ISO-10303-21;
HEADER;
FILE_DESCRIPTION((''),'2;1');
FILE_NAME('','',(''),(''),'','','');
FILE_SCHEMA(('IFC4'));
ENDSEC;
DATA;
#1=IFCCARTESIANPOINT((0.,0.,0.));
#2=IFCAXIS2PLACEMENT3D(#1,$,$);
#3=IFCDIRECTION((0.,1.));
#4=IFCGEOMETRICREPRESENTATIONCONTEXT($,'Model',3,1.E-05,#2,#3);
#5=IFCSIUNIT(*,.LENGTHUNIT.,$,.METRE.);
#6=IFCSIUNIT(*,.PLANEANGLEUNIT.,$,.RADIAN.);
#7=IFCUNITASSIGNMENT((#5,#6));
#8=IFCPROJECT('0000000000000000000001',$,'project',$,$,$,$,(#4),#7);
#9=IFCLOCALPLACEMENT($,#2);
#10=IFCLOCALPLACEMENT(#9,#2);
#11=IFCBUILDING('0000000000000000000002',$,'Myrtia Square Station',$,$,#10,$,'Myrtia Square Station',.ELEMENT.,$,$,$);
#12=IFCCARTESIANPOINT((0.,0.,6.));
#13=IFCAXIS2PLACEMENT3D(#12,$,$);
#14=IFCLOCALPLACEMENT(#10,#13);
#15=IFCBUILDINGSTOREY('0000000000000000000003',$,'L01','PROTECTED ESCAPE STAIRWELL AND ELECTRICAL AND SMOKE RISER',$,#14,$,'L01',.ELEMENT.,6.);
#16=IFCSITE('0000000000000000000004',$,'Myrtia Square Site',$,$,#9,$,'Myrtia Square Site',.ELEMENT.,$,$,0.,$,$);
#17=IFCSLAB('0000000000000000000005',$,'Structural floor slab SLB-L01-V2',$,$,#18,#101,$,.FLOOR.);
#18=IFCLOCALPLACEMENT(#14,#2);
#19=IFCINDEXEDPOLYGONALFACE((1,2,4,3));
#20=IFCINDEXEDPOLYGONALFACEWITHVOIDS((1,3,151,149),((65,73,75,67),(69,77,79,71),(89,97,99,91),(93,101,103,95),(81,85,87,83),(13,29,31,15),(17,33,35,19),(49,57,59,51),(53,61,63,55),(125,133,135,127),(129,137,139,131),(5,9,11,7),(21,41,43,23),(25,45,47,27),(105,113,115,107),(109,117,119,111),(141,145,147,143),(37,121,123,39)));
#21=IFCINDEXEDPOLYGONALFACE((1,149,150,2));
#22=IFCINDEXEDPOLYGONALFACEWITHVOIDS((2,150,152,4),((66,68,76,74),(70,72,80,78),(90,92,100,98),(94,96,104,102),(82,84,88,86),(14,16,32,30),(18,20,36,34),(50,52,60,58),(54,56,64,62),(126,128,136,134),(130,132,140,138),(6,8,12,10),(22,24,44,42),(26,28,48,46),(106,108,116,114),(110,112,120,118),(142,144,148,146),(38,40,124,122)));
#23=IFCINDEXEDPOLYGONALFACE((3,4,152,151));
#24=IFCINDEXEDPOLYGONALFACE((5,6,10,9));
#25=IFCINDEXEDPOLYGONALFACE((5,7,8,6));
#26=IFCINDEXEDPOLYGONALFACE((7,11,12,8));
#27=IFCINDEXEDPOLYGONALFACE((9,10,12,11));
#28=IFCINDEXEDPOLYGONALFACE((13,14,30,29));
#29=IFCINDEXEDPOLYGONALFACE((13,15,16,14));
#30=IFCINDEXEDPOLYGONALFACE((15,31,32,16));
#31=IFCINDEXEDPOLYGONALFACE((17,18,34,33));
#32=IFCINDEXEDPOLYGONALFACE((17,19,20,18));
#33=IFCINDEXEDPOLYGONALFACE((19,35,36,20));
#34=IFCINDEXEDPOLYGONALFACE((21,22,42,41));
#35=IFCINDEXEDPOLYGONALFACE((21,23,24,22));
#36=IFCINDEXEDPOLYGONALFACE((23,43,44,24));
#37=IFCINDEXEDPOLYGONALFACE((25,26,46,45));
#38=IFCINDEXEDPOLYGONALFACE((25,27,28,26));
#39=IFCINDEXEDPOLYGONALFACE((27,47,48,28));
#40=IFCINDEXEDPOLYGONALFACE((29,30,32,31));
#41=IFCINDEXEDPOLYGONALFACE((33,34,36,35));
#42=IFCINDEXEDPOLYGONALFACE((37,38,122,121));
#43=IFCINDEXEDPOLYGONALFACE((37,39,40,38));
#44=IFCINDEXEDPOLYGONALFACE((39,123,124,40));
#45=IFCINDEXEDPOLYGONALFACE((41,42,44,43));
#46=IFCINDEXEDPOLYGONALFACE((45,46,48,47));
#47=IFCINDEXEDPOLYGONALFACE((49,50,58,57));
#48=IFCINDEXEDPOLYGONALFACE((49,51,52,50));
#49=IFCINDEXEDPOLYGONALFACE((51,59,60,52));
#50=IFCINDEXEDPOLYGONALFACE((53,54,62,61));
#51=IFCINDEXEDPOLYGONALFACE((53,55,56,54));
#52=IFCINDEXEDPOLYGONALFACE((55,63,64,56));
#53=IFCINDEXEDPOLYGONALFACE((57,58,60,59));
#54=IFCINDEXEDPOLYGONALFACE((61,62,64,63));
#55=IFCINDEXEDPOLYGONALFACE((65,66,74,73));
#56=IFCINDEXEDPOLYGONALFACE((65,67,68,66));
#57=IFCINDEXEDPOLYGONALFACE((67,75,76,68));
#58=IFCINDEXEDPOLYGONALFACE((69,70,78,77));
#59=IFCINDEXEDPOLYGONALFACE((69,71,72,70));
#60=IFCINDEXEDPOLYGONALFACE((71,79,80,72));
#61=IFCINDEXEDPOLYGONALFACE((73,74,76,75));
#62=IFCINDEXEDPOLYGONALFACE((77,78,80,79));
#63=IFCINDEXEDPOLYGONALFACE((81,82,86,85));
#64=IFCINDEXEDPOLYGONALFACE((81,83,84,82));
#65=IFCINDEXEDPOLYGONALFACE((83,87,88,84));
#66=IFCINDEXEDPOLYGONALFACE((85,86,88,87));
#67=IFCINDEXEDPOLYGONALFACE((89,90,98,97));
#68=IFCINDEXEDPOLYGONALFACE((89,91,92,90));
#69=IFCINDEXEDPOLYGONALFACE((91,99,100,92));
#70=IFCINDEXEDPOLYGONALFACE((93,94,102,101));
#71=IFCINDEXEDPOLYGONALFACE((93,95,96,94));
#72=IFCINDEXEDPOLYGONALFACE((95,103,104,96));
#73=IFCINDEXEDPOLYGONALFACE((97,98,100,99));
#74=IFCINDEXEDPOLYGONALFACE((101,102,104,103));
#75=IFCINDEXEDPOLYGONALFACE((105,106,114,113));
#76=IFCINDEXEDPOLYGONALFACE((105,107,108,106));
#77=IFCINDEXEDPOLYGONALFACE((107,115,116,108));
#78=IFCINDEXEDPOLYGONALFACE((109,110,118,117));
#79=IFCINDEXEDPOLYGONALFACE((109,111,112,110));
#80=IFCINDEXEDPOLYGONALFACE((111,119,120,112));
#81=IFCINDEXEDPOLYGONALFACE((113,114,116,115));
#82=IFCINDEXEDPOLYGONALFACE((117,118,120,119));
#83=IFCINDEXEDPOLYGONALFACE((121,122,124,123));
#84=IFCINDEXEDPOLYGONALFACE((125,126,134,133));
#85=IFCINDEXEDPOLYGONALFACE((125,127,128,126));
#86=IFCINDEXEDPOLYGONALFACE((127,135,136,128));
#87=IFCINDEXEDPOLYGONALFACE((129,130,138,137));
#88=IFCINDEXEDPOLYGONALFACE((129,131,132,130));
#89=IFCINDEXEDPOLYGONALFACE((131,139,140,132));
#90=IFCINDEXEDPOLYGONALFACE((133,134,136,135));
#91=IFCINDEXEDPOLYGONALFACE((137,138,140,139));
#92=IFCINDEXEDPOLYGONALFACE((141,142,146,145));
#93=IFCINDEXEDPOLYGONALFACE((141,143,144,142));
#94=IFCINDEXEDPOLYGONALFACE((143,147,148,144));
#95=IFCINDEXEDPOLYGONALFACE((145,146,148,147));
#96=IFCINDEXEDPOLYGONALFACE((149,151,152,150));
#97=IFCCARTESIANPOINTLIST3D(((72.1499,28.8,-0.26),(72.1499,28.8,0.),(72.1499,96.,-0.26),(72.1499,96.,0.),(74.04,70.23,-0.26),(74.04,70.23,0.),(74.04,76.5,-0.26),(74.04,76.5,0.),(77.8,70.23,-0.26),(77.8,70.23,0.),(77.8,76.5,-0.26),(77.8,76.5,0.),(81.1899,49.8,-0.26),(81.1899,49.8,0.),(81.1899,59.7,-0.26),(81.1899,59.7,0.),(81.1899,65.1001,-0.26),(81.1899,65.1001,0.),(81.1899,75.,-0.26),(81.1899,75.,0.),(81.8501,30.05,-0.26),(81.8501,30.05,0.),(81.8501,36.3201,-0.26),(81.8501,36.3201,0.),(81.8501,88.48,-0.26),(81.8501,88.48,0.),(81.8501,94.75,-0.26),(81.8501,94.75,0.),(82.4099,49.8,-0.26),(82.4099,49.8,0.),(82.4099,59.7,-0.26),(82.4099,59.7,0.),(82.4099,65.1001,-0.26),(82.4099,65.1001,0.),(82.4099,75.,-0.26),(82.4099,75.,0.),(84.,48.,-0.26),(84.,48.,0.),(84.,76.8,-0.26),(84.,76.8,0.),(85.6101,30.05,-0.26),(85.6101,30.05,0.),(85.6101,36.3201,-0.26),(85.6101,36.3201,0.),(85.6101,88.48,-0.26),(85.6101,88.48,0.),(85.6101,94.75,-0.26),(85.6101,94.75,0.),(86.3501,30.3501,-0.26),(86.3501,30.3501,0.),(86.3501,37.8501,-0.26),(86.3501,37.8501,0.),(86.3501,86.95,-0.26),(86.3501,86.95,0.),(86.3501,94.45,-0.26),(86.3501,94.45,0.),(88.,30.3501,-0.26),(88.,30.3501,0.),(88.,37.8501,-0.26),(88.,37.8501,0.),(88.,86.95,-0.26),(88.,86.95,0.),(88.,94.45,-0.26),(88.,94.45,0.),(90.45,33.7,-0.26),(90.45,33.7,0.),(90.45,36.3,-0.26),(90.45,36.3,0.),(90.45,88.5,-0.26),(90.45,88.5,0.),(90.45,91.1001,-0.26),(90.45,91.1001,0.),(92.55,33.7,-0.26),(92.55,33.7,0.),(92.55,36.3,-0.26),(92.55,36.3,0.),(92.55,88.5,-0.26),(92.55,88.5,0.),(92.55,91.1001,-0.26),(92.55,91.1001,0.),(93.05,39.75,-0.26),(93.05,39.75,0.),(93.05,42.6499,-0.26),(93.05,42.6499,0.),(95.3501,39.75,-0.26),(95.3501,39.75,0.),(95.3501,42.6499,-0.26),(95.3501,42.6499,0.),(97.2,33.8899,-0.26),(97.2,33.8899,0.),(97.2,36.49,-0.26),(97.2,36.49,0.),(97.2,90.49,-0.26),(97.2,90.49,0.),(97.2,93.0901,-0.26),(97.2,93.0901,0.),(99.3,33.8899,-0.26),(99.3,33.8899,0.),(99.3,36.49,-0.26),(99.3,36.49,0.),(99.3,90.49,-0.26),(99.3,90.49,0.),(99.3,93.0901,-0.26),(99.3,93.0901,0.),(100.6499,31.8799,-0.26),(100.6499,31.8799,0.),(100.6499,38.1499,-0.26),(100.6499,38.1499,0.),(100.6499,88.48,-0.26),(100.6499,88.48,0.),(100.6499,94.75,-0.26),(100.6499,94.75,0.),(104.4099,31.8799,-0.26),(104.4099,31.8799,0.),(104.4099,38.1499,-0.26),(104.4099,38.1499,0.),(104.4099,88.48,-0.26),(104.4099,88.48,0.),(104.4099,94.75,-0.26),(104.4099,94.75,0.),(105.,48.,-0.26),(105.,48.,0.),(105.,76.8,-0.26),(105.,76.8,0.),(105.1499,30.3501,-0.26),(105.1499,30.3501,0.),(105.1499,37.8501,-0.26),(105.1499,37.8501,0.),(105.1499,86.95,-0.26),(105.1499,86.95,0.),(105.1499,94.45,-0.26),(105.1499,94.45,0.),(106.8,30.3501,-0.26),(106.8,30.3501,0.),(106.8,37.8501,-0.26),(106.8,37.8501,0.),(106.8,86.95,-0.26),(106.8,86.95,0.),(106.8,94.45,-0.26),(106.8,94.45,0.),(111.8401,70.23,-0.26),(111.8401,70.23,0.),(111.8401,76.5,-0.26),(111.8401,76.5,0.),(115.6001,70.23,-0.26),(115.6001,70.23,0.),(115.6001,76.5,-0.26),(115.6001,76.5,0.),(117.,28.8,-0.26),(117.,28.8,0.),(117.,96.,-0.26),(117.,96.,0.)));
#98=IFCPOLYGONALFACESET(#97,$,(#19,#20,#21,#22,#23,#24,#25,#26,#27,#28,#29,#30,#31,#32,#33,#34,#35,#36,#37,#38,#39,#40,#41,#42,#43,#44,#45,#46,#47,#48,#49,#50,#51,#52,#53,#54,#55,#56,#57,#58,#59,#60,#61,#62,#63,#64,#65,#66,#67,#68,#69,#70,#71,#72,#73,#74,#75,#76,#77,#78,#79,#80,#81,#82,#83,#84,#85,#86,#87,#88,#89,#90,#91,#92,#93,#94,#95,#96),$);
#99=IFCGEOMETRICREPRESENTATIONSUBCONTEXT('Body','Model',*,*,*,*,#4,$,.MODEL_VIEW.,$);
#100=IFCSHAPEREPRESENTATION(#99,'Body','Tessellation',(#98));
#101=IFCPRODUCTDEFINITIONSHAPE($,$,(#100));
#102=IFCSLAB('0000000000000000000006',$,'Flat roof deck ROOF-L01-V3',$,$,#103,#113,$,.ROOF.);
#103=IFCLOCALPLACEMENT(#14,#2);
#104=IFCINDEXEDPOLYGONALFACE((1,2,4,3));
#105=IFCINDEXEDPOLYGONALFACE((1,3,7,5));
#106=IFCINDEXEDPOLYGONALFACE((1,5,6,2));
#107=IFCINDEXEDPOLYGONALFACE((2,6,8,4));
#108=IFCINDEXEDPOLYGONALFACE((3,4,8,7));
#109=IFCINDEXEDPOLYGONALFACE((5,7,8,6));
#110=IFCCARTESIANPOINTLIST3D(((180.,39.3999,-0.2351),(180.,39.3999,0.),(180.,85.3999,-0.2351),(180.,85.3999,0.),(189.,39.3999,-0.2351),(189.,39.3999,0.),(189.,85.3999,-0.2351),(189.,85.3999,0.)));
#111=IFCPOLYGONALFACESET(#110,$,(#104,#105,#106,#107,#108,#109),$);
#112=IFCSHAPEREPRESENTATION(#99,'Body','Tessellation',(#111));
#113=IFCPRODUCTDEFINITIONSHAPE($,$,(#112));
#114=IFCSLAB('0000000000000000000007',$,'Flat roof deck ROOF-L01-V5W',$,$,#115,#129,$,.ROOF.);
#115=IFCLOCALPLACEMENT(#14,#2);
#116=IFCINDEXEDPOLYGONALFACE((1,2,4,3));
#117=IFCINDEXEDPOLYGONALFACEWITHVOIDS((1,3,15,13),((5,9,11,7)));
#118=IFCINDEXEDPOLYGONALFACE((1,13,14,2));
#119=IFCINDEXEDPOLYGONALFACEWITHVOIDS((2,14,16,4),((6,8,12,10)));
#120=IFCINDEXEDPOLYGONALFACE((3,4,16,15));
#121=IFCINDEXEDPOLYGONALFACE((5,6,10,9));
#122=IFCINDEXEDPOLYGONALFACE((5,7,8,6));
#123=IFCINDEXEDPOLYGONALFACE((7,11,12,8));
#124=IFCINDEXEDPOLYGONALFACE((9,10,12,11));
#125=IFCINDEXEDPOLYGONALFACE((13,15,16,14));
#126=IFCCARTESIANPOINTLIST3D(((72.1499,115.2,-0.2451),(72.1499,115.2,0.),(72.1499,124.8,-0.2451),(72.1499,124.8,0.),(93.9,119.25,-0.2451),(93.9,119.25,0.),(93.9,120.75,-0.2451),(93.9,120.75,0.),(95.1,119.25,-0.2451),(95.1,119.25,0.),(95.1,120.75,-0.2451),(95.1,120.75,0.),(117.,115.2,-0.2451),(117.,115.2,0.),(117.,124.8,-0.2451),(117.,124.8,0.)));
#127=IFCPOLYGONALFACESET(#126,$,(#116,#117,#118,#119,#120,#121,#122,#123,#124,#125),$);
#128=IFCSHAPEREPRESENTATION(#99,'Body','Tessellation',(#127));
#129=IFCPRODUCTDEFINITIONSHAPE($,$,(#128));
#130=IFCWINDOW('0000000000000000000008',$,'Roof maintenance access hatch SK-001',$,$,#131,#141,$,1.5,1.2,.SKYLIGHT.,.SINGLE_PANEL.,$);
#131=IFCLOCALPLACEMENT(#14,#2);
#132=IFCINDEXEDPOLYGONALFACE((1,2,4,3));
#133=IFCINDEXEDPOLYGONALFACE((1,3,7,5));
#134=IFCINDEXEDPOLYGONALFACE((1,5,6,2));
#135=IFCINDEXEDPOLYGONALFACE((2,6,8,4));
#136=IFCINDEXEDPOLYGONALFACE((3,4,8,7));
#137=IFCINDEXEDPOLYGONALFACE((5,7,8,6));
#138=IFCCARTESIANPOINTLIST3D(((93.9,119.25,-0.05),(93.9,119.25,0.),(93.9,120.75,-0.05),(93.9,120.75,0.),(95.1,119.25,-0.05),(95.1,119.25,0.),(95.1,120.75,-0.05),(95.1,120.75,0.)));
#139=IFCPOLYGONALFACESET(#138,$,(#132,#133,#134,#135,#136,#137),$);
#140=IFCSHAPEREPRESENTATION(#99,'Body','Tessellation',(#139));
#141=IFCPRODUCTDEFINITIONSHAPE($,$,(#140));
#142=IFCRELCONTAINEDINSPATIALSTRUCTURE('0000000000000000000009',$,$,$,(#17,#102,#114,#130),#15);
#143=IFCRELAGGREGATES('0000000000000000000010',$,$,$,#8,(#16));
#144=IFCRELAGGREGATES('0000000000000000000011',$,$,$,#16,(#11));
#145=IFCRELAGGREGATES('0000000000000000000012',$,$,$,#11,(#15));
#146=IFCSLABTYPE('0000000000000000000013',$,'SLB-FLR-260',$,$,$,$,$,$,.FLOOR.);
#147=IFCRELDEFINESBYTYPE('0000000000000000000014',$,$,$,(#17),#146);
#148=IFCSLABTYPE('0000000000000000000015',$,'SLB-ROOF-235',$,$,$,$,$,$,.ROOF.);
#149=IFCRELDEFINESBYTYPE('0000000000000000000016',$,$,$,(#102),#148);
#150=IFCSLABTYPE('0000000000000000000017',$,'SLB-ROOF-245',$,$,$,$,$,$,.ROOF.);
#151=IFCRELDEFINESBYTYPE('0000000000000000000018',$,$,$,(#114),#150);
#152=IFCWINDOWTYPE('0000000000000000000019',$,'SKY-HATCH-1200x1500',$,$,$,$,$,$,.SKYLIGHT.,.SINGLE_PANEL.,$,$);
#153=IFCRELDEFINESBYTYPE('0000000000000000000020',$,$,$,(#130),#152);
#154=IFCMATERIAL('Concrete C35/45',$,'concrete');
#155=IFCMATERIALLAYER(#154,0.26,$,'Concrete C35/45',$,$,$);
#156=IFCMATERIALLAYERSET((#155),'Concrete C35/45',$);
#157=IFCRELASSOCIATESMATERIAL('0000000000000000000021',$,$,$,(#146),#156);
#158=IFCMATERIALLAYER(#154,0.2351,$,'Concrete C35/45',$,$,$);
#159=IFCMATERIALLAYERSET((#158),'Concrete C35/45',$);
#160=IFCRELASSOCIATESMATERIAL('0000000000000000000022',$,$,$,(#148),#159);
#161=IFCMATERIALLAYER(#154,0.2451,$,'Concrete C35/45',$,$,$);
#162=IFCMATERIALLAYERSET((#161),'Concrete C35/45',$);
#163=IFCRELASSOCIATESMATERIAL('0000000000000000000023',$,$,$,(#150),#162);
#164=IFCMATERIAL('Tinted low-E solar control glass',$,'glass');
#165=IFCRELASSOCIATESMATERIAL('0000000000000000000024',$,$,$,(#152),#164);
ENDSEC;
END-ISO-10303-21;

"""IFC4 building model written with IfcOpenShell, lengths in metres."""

from ifc_helpers import new_model, si_unit, direction, frame, origin, origin_2d, place, context, subcontext, project, spatial, polyline, rectangle, outline, extrude, material, layer, layer_set, type_object, element, fill, save


model = new_model("IFC4")

# Units and contexts
model_context = context("Model", 3, precision=1e-05, world=origin(), true_north=direction((0.0, 1.0)))
body_context = subcontext(model_context, "Body", "Model", "MODEL_VIEW")
ifc_project = project(units=[si_unit("LENGTHUNIT", "METRE"), si_unit("PLANEANGLEUNIT", "RADIAN")], contexts=[model_context])

# Site, building, storey
site_placement = place(None, origin())
site = spatial("IfcSite", under=ifc_project, at=site_placement, Name="Myrtia Square Site", LongName="Myrtia Square Site", CompositionType="ELEMENT", RefElevation=0.0)
building_placement = place(site_placement, origin())
building = spatial("IfcBuilding", under=site, at=building_placement, Name="Myrtia Square Station", LongName="Myrtia Square Station", CompositionType="ELEMENT")
storey_placement = place(building_placement, frame((0.0, 0.0, 6.0)))
storey = spatial("IfcBuildingStorey", under=building, at=storey_placement, Name="L01", Description="PROTECTED ESCAPE STAIRWELL AND ELECTRICAL AND SMOKE RISER", LongName="L01", CompositionType="ELEMENT", Elevation=6.0)

# Slabs
ifc_material_1 = material(Name="Concrete C35/45", Category="concrete")
ifc_layer_1 = layer(ifc_material_1, 0.26, Name="Concrete C35/45")
ifc_layer_set_1 = layer_set([ifc_layer_1], Name="Concrete C35/45")
slab_type_1 = type_object("IfcSlabType", Name="SLB-FLR-260", PredefinedType="FLOOR", material=ifc_layer_set_1)
slab_1_placement = place(storey_placement, frame((0.0, 0.0, -0.26)))
element("IfcSlab", 1, at=slab_1_placement, inside=storey, type_object=slab_type_1, Name="Structural floor slab SLB-L01-V2", PredefinedType="FLOOR", context=body_context, shape_type="SweptSolid", body=[
    extrude(outline(polyline([(72.1499, 28.8), (117.0, 28.8), (117.0, 96.0), (72.1499, 96.0), (72.1499, 28.8)]), holes=[polyline([(84.0, 48.0), (84.0, 76.8), (105.0, 76.8), (105.0, 48.0), (84.0, 48.0)]), polyline([(86.3501, 30.3501), (86.3501, 37.8501), (88.0, 37.8501), (88.0, 30.3501), (86.3501, 30.3501)]), polyline([(86.3501, 86.95), (86.3501, 94.45), (88.0, 94.45), (88.0, 86.95), (86.3501, 86.95)]), polyline([(105.1499, 30.3501), (105.1499, 37.8501), (106.8, 37.8501), (106.8, 30.3501), (105.1499, 30.3501)]), polyline([(105.1499, 86.95), (105.1499, 94.45), (106.8, 94.45), (106.8, 86.95), (105.1499, 86.95)]), polyline([(81.8501, 30.05), (81.8501, 36.3201), (85.6101, 36.3201), (85.6101, 30.05), (81.8501, 30.05)]), polyline([(81.8501, 88.48), (81.8501, 94.75), (85.6101, 94.75), (85.6101, 88.48), (81.8501, 88.48)]), polyline([(100.6499, 31.8799), (100.6499, 38.1499), (104.4099, 38.1499), (104.4099, 31.8799), (100.6499, 31.8799)]), polyline([(100.6499, 88.48), (100.6499, 94.75), (104.4099, 94.75), (104.4099, 88.48), (100.6499, 88.48)]), polyline([(74.04, 70.23), (74.04, 76.5), (77.8, 76.5), (77.8, 70.23), (74.04, 70.23)]), polyline([(111.8401, 70.23), (111.8401, 76.5), (115.6001, 76.5), (115.6001, 70.23), (111.8401, 70.23)]), polyline([(90.45, 33.7), (90.45, 36.3), (92.55, 36.3), (92.55, 33.7), (90.45, 33.7)]), polyline([(90.45, 88.5), (90.45, 91.1001), (92.55, 91.1001), (92.55, 88.5), (90.45, 88.5)]), polyline([(97.2, 33.8899), (97.2, 36.49), (99.3, 36.49), (99.3, 33.8899), (97.2, 33.8899)]), polyline([(97.2, 90.49), (97.2, 93.0901), (99.3, 93.0901), (99.3, 90.49), (97.2, 90.49)]), polyline([(93.05, 39.75), (93.05, 42.6499), (95.3501, 42.6499), (95.3501, 39.75), (93.05, 39.75)]), polyline([(81.1899, 49.8), (81.1899, 59.7), (82.4099, 59.7), (82.4099, 49.8), (81.1899, 49.8)]), polyline([(81.1899, 65.1001), (81.1899, 75.0), (82.4099, 75.0), (82.4099, 65.1001), (81.1899, 65.1001)])]), origin(), (0.0, 0.0, 1.0), 0.26),
])
ifc_layer_2 = layer(ifc_material_1, 0.2351, Name="Concrete C35/45")
ifc_layer_set_2 = layer_set([ifc_layer_2], Name="Concrete C35/45")
slab_type_2 = type_object("IfcSlabType", Name="SLB-ROOF-235", PredefinedType="ROOF", material=ifc_layer_set_2)
slab_2_placement = place(storey_placement, frame((0.0, 0.0, -0.2351)))
element("IfcSlab", 2, at=slab_2_placement, inside=storey, type_object=slab_type_2, Name="Flat roof deck ROOF-L01-V3", PredefinedType="ROOF", context=body_context, shape_type="SweptSolid", body=[
    extrude(outline(polyline([(180.0, 39.3999), (189.0, 39.3999), (189.0, 85.3999), (180.0, 85.3999), (180.0, 39.3999)])), origin(), (0.0, 0.0, 1.0), 0.2351),
])

# Slab, opening, window
ifc_layer_3 = layer(ifc_material_1, 0.2451, Name="Concrete C35/45")
ifc_layer_set_3 = layer_set([ifc_layer_3], Name="Concrete C35/45")
slab_type_3 = type_object("IfcSlabType", Name="SLB-ROOF-245", PredefinedType="ROOF", material=ifc_layer_set_3)
slab_3_placement = place(storey_placement, frame((0.0, 0.0, -0.2451)))
slab_3 = element("IfcSlab", 3, at=slab_3_placement, inside=storey, type_object=slab_type_3, Name="Flat roof deck ROOF-L01-V5W", PredefinedType="ROOF", context=body_context, shape_type="SweptSolid", body=[
    extrude(outline(polyline([(72.1499, 115.2), (117.0, 115.2), (117.0, 124.8), (72.1499, 124.8), (72.1499, 115.2)])), origin(), (0.0, 0.0, 1.0), 0.2451),
])
opening_placement = place(slab_3_placement, frame((94.5, 120.0, 0.0)))
opening = element("IfcOpeningElement", 4, at=opening_placement, cuts=slab_3, PredefinedType="OPENING", context=body_context, shape_type="SweptSolid", body=[
    extrude(rectangle(XDim=1.2, YDim=1.5, at=origin_2d()), frame((0.0, 0.0, -0.0149), z_axis=(0.0, 0.0, 1.0), x_axis=(1.0, 0.0, 0.0)), (0.0, 0.0, 1.0), 0.2751),
])
ifc_material_2 = material(Name="Tinted low-E solar control glass", Category="glass")
window_type = type_object("IfcWindowType", Name="SKY-HATCH-1200x1500", PartitioningType="SINGLE_PANEL", PredefinedType="SKYLIGHT", material=ifc_material_2)
window_placement = place(opening_placement, frame((0.0, 0.0, 0.1951)))
window = element("IfcWindow", 5, at=window_placement, inside=storey, type_object=window_type, Name="Roof maintenance access hatch SK-001", OverallHeight=1.5, OverallWidth=1.2, PartitioningType="SINGLE_PANEL", PredefinedType="SKYLIGHT", context=body_context, shape_type="SweptSolid", body=[
    extrude(rectangle(XDim=1.2, YDim=1.5, at=origin_2d()), origin(), (0.0, 0.0, 1.0), 0.05),
])
fill(opening, window)

save(model, "model.ifc")
